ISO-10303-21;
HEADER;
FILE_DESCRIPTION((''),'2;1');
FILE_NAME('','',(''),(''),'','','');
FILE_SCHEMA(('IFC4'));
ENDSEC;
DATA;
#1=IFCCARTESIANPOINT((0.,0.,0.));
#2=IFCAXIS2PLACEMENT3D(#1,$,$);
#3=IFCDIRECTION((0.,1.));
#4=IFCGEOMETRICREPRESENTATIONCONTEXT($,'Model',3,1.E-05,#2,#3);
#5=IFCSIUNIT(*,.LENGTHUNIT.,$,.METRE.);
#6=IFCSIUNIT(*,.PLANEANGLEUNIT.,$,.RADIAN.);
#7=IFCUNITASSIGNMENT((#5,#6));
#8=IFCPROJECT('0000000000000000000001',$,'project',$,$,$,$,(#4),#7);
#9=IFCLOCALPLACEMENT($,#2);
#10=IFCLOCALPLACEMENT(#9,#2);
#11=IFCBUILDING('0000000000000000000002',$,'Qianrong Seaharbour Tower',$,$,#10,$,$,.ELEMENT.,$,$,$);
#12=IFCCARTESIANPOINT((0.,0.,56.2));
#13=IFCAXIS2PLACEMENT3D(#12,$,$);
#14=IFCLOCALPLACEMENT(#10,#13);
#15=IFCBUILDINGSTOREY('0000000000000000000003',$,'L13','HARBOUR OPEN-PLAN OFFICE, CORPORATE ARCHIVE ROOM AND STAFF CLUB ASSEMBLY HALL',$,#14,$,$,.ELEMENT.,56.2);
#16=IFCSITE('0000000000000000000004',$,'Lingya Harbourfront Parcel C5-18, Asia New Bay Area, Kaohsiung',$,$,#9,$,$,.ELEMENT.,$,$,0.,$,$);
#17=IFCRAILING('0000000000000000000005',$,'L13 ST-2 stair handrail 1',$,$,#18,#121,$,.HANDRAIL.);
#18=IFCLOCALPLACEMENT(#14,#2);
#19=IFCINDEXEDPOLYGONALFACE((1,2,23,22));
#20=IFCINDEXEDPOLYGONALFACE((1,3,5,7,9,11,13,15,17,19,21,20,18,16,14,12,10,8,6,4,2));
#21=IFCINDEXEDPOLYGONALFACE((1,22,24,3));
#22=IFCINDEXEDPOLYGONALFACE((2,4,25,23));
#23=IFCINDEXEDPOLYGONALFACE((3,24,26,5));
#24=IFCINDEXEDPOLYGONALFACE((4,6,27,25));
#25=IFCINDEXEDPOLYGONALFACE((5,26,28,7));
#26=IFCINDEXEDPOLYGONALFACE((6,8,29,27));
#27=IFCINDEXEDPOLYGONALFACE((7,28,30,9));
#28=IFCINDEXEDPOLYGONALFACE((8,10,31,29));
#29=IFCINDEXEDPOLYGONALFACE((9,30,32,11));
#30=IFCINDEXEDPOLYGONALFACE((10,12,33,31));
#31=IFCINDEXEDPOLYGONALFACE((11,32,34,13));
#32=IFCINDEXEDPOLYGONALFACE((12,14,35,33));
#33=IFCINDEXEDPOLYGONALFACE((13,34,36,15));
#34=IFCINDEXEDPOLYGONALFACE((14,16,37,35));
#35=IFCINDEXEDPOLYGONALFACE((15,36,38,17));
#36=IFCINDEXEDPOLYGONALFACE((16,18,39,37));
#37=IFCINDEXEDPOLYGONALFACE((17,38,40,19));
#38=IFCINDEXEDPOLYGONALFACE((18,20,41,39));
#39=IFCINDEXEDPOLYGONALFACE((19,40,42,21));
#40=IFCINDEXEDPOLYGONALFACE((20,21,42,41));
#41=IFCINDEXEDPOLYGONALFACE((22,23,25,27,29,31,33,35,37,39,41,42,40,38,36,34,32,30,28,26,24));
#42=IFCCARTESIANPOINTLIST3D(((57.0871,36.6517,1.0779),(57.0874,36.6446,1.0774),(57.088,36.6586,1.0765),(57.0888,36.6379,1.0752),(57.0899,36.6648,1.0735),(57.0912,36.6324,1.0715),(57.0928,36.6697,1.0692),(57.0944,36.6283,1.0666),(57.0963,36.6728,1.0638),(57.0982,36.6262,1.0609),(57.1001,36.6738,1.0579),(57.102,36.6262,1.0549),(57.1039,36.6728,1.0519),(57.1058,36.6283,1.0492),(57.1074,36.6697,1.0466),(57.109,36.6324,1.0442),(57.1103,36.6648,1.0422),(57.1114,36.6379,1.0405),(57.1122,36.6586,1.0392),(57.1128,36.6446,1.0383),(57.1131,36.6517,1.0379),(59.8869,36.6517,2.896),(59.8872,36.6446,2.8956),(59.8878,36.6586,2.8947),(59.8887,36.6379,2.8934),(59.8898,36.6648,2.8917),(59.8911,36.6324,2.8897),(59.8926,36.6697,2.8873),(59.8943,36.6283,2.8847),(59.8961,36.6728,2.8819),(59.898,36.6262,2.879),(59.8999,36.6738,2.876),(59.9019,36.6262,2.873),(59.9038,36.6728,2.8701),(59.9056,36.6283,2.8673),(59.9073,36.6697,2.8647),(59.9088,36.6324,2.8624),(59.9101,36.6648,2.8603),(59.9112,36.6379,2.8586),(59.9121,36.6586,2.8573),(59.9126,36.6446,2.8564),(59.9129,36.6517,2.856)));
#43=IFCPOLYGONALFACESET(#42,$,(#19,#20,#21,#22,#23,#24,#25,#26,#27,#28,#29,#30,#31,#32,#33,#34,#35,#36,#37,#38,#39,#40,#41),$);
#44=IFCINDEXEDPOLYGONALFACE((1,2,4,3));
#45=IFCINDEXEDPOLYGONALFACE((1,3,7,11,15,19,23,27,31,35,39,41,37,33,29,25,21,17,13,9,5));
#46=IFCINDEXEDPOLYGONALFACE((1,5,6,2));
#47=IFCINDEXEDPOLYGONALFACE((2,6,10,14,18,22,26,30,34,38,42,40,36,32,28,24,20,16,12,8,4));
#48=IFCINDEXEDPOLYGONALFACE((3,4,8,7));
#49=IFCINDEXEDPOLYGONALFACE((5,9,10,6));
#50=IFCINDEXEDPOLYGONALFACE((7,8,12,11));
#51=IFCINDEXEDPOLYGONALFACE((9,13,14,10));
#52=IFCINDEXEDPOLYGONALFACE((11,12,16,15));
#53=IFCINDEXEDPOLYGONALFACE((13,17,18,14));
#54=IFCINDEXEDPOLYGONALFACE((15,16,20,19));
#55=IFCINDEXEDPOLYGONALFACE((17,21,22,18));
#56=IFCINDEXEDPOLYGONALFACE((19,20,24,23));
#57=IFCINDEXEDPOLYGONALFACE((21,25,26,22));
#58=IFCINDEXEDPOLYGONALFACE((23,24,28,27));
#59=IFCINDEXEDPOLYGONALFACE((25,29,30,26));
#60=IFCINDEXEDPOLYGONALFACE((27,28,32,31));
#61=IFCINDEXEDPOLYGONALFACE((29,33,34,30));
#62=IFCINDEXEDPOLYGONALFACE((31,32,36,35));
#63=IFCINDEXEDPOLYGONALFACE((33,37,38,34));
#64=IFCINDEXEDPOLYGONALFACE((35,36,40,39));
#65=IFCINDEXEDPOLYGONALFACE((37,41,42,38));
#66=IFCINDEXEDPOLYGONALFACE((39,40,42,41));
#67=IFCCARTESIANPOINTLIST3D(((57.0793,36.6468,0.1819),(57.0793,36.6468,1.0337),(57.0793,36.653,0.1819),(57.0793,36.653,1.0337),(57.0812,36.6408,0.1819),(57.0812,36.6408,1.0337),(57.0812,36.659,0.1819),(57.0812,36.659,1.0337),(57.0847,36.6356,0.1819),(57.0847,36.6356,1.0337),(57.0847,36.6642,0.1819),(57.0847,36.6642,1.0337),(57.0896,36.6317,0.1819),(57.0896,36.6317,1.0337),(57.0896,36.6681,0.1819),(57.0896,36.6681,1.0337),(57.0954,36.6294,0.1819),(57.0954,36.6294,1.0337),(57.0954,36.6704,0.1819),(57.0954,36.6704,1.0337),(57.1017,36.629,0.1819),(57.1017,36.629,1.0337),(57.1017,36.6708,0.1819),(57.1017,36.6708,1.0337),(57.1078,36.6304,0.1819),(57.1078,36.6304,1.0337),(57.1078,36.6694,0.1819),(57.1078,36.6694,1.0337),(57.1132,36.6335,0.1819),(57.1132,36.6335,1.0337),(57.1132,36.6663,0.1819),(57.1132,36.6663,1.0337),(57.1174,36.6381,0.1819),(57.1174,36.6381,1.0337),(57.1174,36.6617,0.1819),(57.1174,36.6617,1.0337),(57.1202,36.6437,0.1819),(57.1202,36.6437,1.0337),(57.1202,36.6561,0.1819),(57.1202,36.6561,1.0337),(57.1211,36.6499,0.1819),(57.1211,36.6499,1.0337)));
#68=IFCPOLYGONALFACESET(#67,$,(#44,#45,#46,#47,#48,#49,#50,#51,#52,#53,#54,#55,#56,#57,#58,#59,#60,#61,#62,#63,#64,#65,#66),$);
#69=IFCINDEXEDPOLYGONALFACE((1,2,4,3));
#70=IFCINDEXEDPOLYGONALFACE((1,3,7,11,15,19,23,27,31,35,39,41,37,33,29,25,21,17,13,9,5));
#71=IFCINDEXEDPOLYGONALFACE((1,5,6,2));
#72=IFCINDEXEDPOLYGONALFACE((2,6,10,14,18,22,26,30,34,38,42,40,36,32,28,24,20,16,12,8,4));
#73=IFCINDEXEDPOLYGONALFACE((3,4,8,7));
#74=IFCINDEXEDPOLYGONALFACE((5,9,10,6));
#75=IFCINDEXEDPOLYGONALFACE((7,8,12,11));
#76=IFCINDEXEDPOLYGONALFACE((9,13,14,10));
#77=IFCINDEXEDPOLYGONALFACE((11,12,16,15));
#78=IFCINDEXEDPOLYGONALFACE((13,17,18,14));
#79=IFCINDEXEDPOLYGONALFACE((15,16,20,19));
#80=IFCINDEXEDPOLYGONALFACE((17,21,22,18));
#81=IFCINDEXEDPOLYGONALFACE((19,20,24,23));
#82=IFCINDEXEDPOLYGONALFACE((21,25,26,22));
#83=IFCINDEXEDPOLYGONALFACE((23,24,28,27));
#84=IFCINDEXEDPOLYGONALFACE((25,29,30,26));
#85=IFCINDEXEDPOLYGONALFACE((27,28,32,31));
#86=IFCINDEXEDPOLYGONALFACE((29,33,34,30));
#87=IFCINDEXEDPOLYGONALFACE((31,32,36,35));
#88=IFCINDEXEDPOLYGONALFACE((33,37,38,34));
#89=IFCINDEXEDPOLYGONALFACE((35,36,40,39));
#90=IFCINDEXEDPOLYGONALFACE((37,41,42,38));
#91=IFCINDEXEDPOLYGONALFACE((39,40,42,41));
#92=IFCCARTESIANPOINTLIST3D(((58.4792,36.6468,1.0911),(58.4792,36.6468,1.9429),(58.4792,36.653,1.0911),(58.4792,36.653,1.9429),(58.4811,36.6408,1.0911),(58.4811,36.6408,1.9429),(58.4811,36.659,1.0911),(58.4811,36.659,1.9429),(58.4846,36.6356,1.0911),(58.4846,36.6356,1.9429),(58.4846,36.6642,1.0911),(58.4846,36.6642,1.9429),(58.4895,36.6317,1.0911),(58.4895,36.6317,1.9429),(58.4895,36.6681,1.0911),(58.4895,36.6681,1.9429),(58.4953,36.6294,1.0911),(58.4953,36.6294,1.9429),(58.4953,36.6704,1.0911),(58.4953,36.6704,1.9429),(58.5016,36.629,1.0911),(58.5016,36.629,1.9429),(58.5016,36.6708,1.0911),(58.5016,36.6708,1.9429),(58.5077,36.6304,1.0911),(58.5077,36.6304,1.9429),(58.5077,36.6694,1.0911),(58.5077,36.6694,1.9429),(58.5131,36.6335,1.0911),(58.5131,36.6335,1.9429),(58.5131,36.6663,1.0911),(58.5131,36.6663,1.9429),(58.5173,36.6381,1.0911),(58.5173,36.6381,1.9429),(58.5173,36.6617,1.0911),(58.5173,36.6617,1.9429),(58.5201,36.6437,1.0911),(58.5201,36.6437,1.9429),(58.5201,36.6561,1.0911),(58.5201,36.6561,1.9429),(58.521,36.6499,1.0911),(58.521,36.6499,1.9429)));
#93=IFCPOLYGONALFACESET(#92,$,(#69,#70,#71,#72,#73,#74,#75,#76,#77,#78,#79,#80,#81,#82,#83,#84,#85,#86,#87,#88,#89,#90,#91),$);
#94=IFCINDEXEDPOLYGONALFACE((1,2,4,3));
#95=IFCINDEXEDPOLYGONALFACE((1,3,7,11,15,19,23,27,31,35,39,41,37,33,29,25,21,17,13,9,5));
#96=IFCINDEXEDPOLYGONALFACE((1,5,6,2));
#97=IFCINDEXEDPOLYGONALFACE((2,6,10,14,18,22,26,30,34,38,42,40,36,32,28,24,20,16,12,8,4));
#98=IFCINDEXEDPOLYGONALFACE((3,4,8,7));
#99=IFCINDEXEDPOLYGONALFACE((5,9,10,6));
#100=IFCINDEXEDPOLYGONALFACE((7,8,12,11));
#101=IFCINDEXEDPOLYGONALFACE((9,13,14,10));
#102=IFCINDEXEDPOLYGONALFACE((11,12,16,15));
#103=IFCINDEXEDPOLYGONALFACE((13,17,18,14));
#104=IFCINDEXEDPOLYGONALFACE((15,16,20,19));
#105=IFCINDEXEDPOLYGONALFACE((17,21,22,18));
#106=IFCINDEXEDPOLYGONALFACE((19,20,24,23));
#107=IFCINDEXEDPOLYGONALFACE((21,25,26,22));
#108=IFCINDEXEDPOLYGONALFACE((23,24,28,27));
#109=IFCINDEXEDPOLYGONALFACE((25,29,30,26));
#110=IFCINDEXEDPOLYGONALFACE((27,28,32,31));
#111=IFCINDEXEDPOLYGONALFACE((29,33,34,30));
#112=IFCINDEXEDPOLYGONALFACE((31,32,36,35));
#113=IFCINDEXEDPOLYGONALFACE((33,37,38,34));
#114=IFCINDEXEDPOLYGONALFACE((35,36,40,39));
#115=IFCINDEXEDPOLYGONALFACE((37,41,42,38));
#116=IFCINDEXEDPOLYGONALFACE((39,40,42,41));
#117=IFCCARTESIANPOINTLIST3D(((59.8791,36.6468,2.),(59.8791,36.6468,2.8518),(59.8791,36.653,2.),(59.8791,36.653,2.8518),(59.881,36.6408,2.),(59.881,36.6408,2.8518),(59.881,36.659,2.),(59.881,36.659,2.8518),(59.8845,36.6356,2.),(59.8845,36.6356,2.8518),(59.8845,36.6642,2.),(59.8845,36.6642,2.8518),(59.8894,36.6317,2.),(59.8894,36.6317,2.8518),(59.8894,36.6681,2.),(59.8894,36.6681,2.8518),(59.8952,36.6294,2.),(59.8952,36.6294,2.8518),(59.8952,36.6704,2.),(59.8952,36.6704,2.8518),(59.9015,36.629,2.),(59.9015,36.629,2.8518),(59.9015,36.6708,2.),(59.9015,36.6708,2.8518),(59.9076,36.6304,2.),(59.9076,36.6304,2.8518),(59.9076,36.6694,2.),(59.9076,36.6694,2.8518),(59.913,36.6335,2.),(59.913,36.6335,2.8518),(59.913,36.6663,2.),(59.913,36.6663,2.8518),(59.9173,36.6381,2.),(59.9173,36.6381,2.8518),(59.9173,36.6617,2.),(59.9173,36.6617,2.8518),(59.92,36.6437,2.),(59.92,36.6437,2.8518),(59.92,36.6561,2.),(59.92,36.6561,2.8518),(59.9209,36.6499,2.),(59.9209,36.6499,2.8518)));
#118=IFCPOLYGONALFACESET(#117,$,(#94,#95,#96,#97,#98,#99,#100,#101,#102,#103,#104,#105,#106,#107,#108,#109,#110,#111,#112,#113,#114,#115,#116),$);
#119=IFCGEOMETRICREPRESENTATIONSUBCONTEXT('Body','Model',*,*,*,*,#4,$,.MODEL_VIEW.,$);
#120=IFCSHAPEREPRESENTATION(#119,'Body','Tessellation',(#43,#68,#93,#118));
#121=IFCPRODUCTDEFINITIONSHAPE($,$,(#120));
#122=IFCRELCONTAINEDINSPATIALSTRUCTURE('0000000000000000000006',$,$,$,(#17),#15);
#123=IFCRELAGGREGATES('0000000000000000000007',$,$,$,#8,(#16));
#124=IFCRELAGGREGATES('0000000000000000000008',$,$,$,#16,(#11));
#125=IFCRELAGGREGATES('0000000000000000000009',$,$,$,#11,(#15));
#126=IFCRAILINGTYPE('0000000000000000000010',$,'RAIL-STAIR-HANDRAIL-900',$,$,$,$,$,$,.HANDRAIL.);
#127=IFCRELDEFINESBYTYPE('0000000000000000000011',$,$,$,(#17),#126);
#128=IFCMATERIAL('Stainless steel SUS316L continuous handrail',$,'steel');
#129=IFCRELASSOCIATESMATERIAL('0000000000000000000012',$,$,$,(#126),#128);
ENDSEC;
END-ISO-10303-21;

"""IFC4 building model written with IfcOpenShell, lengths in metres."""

from ifc_helpers import new_model, si_unit, direction, frame, origin, origin_2d, place, context, subcontext, project, spatial, circle, extrude, material, type_object, element, save


model = new_model("IFC4")

# Units and contexts
model_context = context("Model", 3, precision=1e-05, world=origin(), true_north=direction((0.0, 1.0)))
body_context = subcontext(model_context, "Body", "Model", "MODEL_VIEW")
ifc_project = project(units=[si_unit("LENGTHUNIT", "METRE"), si_unit("PLANEANGLEUNIT", "RADIAN")], contexts=[model_context])

# Site, building, storey
site_placement = place(None, origin())
site = spatial("IfcSite", under=ifc_project, at=site_placement, Name="Lingya Harbourfront Parcel C5-18, Asia New Bay Area, Kaohsiung", CompositionType="ELEMENT", RefElevation=0.0)
building_placement = place(site_placement, origin())
building = spatial("IfcBuilding", under=site, at=building_placement, Name="Qianrong Seaharbour Tower", CompositionType="ELEMENT")
storey_placement = place(building_placement, frame((0.0, 0.0, 56.2)))
storey = spatial("IfcBuildingStorey", under=building, at=storey_placement, Name="L13", Description="HARBOUR OPEN-PLAN OFFICE, CORPORATE ARCHIVE ROOM AND STAFF CLUB ASSEMBLY HALL", CompositionType="ELEMENT", Elevation=56.2)

# Railing
ifc_material_1 = material(Name="Stainless steel SUS316L continuous handrail", Category="steel")
railing_type_1 = type_object("IfcRailingType", Name="RAIL-STAIR-HANDRAIL-900", PredefinedType="HANDRAIL", material=ifc_material_1)
railing_1_placement = place(storey_placement, frame((57.1001, 36.6499, 0.1819)))
element("IfcRailing", 1, at=railing_1_placement, inside=storey, type_object=railing_type_1, Name="L13 ST-2 stair handrail 1", PredefinedType="HANDRAIL", context=body_context, shape_type="SweptSolid", body=[
    extrude(circle(Radius=0.0239, at=origin_2d()), frame((0.0, 0.0, 0.876), z_axis=(0.838684, 0.0, 0.544618), x_axis=(0.0, 1.0, 0.0)), (0.0, 0.0, 1.0), 3.3384),
    extrude(circle(Radius=0.021, at=origin_2d()), origin(), (0.0, 0.0, 1.0), 0.8518),
    extrude(circle(Radius=0.021, at=origin_2d()), frame((1.3999, 0.0, 0.9092)), (0.0, 0.0, 1.0), 0.8518),
    extrude(circle(Radius=0.021, at=origin_2d()), frame((2.7998, 0.0, 1.8181)), (0.0, 0.0, 1.0), 0.8518),
])

save(model, "model.ifc")
